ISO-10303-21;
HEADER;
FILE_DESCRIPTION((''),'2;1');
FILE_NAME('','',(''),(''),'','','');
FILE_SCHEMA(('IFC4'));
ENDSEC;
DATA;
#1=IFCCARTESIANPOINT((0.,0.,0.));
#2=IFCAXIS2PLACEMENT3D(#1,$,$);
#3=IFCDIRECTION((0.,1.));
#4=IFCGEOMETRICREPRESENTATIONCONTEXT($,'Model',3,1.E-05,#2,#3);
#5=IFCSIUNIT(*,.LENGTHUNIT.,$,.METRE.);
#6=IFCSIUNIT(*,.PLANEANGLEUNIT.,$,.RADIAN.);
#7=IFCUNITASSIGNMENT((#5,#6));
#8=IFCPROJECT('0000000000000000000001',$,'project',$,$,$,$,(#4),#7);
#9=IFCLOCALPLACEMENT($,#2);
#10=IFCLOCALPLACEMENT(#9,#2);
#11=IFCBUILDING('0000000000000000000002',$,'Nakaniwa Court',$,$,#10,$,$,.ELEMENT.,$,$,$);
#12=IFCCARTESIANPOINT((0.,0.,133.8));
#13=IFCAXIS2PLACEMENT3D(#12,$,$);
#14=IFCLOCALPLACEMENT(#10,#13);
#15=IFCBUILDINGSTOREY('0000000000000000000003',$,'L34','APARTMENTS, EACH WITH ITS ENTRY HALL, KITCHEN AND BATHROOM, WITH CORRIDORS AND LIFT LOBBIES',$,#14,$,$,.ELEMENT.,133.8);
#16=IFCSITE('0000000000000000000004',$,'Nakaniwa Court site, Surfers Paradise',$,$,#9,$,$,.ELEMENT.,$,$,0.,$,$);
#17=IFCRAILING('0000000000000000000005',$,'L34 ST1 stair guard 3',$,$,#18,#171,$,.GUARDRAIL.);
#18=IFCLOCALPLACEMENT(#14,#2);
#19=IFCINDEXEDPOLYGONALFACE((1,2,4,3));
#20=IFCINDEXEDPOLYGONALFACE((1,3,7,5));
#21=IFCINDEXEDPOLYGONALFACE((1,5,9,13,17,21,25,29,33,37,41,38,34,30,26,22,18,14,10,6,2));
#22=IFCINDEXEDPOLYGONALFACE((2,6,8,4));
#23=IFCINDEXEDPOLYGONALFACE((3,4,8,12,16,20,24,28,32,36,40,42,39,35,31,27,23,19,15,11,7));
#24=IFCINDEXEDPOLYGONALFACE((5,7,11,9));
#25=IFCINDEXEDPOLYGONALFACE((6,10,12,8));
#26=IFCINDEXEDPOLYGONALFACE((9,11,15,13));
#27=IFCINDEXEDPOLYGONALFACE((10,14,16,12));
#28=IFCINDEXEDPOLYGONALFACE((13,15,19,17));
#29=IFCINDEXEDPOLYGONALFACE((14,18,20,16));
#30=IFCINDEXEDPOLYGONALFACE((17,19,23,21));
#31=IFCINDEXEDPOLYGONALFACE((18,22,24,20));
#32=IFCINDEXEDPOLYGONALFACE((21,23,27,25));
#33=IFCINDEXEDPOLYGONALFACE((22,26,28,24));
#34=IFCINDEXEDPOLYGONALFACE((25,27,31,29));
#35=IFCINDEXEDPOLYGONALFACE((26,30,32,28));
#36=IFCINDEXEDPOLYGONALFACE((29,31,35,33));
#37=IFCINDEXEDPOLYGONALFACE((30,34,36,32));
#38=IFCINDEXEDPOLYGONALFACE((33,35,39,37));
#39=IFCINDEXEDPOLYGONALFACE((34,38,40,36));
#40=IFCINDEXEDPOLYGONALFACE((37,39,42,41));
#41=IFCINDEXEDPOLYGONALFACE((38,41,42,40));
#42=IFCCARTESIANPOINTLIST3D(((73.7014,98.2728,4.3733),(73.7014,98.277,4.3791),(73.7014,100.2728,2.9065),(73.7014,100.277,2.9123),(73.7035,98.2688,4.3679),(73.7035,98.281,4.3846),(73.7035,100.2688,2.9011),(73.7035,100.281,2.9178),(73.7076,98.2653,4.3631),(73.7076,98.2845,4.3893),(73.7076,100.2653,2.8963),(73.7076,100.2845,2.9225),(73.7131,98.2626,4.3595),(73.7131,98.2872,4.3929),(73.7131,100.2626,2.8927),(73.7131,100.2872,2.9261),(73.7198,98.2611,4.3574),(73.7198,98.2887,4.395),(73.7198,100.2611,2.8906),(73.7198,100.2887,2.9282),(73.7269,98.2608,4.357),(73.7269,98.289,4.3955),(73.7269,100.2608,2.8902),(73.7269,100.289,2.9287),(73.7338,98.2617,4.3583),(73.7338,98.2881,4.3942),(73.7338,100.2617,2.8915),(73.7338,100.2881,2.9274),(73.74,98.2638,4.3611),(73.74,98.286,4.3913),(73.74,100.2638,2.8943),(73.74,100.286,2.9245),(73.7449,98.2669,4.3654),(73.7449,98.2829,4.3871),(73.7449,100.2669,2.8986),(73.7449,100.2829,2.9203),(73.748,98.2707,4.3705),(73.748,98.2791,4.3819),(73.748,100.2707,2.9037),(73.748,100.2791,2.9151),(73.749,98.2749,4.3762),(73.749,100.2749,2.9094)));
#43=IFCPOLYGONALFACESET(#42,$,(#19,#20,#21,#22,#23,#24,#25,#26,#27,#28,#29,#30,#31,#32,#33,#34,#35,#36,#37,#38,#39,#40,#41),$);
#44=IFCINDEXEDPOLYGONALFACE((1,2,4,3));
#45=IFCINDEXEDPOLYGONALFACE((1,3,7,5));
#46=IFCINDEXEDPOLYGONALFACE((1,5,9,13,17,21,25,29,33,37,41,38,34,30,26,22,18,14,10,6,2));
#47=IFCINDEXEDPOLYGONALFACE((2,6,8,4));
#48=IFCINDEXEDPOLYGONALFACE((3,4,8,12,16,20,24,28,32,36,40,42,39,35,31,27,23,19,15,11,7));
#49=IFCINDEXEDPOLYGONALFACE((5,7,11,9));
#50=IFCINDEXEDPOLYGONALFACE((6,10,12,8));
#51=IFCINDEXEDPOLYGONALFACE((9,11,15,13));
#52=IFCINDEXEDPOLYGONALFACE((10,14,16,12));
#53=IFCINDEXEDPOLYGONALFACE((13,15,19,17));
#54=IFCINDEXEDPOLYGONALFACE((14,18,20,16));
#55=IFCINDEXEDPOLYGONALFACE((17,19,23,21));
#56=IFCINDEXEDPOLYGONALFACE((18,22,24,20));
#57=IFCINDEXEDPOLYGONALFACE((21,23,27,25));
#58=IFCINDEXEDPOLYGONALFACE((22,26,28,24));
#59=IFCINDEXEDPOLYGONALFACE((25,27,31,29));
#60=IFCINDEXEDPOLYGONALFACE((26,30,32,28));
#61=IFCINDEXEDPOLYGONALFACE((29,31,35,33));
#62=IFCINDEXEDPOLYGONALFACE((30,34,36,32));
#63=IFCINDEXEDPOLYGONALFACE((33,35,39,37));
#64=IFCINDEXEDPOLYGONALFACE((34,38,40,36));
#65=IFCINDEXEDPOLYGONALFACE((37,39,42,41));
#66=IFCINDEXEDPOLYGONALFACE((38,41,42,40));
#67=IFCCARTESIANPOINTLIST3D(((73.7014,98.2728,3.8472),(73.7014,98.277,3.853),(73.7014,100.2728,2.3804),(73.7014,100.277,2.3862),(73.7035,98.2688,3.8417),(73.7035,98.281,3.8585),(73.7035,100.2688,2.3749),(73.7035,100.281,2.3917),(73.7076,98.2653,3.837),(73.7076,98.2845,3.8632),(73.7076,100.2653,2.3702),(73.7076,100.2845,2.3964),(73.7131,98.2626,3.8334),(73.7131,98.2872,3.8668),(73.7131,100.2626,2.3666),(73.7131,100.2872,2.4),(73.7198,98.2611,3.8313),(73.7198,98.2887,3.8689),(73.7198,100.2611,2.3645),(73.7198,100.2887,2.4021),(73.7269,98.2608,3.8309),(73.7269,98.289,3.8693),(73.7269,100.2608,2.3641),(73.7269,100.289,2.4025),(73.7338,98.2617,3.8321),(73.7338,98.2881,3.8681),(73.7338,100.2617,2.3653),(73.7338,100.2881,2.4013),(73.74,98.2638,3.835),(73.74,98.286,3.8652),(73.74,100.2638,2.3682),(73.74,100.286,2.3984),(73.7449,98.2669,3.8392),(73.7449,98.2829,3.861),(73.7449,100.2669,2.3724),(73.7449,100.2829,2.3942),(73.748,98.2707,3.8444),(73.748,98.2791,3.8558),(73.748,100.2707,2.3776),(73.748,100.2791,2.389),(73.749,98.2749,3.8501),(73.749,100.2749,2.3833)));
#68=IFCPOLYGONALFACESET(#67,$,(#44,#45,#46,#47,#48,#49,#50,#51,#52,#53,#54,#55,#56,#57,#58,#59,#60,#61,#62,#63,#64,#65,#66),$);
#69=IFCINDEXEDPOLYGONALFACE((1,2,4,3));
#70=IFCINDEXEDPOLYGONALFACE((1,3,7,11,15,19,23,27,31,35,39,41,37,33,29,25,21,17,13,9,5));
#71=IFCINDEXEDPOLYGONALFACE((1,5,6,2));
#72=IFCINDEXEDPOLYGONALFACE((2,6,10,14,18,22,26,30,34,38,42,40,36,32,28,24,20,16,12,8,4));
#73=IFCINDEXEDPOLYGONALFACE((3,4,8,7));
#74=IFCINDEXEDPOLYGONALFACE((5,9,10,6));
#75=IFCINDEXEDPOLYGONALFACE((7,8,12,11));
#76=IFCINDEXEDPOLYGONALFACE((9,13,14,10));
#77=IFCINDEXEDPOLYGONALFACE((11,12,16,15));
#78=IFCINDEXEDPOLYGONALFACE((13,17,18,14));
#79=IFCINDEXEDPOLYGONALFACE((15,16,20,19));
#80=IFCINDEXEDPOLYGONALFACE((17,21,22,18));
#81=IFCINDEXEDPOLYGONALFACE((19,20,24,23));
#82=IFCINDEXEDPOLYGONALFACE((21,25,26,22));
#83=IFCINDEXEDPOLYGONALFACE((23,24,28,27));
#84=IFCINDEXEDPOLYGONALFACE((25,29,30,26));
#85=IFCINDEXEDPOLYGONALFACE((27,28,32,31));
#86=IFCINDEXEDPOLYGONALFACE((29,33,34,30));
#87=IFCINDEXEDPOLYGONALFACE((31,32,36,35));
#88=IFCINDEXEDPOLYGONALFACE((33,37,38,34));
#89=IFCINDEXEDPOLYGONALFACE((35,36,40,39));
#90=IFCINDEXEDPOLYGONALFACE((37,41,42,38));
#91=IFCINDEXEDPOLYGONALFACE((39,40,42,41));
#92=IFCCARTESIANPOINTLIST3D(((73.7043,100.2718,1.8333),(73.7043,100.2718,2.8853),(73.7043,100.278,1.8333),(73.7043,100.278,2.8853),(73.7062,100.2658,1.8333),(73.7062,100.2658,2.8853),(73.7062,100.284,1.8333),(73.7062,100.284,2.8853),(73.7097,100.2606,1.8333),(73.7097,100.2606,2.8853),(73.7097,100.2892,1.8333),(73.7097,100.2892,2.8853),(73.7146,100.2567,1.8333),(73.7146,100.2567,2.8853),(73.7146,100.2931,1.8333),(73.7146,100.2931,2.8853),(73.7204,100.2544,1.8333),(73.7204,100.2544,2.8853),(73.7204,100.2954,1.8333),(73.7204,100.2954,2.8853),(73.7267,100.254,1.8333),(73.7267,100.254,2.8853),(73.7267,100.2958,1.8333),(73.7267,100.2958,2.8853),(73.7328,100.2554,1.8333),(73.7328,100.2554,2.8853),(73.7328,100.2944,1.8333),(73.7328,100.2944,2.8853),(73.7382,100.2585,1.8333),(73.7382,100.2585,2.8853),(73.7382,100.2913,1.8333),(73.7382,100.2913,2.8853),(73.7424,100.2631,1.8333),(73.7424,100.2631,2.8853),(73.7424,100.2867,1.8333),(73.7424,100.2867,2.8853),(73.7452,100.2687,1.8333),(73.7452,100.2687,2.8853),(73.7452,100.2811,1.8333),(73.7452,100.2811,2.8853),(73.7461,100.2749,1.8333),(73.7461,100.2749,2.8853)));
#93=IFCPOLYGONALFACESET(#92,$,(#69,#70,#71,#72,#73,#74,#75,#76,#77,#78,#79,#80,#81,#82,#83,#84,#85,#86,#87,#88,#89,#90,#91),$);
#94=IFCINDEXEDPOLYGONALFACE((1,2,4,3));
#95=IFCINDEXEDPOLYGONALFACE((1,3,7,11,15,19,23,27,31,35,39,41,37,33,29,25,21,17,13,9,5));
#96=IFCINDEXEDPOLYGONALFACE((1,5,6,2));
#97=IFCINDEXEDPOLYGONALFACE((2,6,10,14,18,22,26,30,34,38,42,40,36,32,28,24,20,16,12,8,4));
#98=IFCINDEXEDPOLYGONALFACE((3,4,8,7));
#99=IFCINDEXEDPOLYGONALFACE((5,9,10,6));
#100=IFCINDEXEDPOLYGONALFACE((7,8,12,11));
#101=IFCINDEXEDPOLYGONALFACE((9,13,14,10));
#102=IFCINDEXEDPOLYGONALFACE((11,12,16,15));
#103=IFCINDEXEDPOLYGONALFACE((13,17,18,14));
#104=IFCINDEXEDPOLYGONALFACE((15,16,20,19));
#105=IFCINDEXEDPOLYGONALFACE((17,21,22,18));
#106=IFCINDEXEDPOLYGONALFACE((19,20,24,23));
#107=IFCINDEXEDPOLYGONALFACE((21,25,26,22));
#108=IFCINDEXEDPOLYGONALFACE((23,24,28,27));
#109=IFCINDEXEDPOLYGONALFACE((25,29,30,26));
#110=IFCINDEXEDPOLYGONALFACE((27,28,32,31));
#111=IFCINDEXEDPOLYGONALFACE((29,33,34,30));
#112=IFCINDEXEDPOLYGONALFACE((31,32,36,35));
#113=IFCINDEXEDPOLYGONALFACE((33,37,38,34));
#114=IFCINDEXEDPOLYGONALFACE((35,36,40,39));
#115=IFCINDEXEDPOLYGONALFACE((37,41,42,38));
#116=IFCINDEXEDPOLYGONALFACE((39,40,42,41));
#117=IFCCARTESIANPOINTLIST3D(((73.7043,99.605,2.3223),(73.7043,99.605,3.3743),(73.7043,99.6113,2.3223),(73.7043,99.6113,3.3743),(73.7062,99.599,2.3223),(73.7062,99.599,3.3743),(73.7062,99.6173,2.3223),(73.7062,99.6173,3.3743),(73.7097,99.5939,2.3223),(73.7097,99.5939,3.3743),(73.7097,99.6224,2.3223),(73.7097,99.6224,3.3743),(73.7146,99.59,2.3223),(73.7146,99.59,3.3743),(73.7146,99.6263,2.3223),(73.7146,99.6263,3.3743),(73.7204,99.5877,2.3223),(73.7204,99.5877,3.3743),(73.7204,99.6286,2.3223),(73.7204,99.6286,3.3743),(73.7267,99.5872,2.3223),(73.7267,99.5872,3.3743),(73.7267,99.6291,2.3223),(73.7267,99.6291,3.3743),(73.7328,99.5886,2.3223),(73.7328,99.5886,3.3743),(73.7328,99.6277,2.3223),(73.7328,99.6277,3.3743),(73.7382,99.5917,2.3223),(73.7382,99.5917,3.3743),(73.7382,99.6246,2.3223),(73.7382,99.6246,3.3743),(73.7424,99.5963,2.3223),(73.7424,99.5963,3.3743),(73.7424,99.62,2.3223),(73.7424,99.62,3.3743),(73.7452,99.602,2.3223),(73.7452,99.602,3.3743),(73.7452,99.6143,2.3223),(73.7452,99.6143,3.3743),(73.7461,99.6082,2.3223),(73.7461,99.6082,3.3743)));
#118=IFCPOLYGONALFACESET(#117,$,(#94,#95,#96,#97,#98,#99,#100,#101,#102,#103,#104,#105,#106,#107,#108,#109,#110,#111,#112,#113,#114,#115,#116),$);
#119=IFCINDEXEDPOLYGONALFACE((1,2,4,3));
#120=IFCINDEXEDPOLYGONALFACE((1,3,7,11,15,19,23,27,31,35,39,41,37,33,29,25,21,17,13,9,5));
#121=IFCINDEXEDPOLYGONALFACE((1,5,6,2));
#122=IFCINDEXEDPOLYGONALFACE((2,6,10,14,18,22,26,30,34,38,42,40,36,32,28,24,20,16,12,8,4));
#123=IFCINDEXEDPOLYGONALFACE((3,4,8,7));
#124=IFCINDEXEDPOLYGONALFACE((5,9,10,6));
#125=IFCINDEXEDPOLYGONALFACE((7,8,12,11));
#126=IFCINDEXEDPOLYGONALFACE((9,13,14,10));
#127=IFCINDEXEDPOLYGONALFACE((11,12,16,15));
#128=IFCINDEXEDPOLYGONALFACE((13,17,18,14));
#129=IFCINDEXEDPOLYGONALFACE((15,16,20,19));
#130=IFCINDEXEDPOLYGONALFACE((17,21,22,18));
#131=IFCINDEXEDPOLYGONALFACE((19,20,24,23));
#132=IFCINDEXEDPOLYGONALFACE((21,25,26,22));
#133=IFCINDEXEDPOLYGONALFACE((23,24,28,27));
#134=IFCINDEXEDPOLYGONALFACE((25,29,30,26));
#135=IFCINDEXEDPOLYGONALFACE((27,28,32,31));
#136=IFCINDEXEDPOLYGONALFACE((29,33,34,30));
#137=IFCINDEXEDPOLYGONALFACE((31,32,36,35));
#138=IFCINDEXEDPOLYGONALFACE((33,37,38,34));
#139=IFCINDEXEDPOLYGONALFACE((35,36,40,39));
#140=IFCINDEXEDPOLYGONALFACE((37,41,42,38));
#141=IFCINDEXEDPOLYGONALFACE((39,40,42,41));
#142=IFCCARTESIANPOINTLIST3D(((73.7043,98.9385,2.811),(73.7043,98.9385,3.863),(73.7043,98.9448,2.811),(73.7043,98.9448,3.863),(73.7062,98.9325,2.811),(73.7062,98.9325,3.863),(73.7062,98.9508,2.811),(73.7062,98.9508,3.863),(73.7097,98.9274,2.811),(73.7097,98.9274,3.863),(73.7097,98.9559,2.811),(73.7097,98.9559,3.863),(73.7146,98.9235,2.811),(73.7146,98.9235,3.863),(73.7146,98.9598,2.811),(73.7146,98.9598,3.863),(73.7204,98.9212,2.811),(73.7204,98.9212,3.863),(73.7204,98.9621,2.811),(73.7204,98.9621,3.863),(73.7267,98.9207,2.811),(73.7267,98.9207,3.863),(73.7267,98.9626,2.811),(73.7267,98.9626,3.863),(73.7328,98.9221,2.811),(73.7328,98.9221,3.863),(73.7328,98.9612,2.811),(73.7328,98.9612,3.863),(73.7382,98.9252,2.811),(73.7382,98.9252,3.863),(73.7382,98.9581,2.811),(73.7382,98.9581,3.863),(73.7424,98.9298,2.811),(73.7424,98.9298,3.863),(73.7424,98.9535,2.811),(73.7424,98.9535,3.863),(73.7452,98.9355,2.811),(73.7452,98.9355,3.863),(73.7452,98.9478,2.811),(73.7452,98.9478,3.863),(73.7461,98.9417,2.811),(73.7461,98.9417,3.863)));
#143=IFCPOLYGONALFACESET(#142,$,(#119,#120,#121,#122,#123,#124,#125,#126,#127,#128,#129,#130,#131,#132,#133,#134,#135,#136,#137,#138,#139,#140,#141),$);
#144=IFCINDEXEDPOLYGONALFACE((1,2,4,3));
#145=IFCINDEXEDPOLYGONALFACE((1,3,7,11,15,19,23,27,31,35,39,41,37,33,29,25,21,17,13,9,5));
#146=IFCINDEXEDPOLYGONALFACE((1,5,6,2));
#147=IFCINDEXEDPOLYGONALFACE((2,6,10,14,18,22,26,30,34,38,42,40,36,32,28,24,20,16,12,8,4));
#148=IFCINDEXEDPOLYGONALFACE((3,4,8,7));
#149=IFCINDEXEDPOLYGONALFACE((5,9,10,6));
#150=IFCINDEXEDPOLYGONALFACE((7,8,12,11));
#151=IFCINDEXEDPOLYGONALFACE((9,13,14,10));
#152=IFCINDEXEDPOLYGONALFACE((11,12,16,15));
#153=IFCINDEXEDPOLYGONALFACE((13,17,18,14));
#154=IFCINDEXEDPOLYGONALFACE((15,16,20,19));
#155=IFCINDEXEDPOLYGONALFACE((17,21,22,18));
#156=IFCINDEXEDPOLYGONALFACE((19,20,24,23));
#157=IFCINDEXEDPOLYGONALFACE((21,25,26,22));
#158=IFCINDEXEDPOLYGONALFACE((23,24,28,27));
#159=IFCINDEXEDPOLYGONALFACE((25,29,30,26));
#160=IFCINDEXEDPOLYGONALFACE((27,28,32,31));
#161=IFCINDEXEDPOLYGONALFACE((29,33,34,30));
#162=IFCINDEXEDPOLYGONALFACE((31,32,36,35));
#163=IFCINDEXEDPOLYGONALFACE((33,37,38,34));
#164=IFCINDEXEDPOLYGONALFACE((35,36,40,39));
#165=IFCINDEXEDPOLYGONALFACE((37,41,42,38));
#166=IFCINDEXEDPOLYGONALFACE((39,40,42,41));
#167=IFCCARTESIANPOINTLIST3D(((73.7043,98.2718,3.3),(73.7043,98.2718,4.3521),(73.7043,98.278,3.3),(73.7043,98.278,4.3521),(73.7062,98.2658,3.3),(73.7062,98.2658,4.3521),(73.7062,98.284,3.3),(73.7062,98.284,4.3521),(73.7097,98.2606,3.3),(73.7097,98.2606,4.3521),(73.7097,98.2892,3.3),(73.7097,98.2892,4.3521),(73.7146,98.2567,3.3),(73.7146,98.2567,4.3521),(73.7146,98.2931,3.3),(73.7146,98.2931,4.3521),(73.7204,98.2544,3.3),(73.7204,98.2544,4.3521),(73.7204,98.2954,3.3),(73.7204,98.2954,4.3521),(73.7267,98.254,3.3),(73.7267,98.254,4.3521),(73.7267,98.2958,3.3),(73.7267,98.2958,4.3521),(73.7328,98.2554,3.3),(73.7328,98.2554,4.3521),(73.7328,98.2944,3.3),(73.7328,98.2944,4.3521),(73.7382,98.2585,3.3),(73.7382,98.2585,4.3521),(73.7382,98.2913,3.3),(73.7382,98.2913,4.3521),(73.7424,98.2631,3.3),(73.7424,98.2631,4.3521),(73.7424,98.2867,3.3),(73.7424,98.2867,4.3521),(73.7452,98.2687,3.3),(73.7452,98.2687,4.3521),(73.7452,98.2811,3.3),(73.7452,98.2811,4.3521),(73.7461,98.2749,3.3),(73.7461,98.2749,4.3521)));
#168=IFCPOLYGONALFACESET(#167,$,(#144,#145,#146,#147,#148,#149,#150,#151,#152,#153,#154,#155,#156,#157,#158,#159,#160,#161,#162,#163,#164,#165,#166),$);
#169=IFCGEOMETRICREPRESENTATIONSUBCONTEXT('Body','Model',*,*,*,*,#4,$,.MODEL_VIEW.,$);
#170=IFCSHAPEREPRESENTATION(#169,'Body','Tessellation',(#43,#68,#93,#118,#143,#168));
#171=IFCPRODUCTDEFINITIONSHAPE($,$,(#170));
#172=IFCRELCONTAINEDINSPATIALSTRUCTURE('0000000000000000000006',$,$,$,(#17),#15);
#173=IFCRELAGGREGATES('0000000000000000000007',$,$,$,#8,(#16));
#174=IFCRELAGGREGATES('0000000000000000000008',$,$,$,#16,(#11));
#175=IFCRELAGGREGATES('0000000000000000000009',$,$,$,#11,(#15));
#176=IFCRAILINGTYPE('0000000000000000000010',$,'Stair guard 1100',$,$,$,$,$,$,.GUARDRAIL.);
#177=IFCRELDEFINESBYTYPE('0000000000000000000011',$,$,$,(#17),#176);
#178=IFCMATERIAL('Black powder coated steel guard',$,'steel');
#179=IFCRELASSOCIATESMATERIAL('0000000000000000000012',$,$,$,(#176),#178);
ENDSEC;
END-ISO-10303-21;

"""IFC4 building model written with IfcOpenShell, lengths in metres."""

from ifc_helpers import new_model, si_unit, direction, frame, origin, origin_2d, place, context, subcontext, project, spatial, circle, extrude, material, type_object, element, save


model = new_model("IFC4")

# Units and contexts
model_context = context("Model", 3, precision=1e-05, world=origin(), true_north=direction((0.0, 1.0)))
body_context = subcontext(model_context, "Body", "Model", "MODEL_VIEW")
ifc_project = project(units=[si_unit("LENGTHUNIT", "METRE"), si_unit("PLANEANGLEUNIT", "RADIAN")], contexts=[model_context])

# Site, building, storey
site_placement = place(None, origin())
site = spatial("IfcSite", under=ifc_project, at=site_placement, Name="Nakaniwa Court site, Surfers Paradise", CompositionType="ELEMENT", RefElevation=0.0)
building_placement = place(site_placement, origin())
building = spatial("IfcBuilding", under=site, at=building_placement, Name="Nakaniwa Court", CompositionType="ELEMENT")
storey_placement = place(building_placement, frame((0.0, 0.0, 133.8)))
storey = spatial("IfcBuildingStorey", under=building, at=storey_placement, Name="L34", Description="APARTMENTS, EACH WITH ITS ENTRY HALL, KITCHEN AND BATHROOM, WITH CORRIDORS AND LIFT LOBBIES", CompositionType="ELEMENT", Elevation=133.8)

# Railing
ifc_material_1 = material(Name="Black powder coated steel guard", Category="steel")
railing_type_1 = type_object("IfcRailingType", Name="Stair guard 1100", PredefinedType="GUARDRAIL", material=ifc_material_1)
railing_1_placement = place(storey_placement, frame((73.7251, 100.2749, 1.8333)))
element("IfcRailing", 1, at=railing_1_placement, inside=storey, type_object=railing_type_1, Name="L34 ST1 stair guard 3", PredefinedType="GUARDRAIL", context=body_context, shape_type="SweptSolid", body=[
    extrude(circle(Radius=0.0239, at=origin_2d()), frame((0.0, 0.0, 1.0762), z_axis=(0.0, -0.80638, 0.591398), x_axis=(1.0, 0.0, 0.0)), (0.0, 0.0, 1.0), 2.4802),
    extrude(circle(Radius=0.0239, at=origin_2d()), frame((0.0, 0.0, 0.55), z_axis=(0.0, -0.80638, 0.591398), x_axis=(1.0, 0.0, 0.0)), (0.0, 0.0, 1.0), 2.4802),
    extrude(circle(Radius=0.021, at=origin_2d()), origin(), (0.0, 0.0, 1.0), 1.052),
    extrude(circle(Radius=0.021, at=origin_2d()), frame((0.0, -0.6667, 0.489)), (0.0, 0.0, 1.0), 1.052),
    extrude(circle(Radius=0.021, at=origin_2d()), frame((0.0, -1.3333, 0.9778)), (0.0, 0.0, 1.0), 1.052),
    extrude(circle(Radius=0.021, at=origin_2d()), frame((0.0, -2.0, 1.4668)), (0.0, 0.0, 1.0), 1.052),
])

save(model, "model.ifc")
